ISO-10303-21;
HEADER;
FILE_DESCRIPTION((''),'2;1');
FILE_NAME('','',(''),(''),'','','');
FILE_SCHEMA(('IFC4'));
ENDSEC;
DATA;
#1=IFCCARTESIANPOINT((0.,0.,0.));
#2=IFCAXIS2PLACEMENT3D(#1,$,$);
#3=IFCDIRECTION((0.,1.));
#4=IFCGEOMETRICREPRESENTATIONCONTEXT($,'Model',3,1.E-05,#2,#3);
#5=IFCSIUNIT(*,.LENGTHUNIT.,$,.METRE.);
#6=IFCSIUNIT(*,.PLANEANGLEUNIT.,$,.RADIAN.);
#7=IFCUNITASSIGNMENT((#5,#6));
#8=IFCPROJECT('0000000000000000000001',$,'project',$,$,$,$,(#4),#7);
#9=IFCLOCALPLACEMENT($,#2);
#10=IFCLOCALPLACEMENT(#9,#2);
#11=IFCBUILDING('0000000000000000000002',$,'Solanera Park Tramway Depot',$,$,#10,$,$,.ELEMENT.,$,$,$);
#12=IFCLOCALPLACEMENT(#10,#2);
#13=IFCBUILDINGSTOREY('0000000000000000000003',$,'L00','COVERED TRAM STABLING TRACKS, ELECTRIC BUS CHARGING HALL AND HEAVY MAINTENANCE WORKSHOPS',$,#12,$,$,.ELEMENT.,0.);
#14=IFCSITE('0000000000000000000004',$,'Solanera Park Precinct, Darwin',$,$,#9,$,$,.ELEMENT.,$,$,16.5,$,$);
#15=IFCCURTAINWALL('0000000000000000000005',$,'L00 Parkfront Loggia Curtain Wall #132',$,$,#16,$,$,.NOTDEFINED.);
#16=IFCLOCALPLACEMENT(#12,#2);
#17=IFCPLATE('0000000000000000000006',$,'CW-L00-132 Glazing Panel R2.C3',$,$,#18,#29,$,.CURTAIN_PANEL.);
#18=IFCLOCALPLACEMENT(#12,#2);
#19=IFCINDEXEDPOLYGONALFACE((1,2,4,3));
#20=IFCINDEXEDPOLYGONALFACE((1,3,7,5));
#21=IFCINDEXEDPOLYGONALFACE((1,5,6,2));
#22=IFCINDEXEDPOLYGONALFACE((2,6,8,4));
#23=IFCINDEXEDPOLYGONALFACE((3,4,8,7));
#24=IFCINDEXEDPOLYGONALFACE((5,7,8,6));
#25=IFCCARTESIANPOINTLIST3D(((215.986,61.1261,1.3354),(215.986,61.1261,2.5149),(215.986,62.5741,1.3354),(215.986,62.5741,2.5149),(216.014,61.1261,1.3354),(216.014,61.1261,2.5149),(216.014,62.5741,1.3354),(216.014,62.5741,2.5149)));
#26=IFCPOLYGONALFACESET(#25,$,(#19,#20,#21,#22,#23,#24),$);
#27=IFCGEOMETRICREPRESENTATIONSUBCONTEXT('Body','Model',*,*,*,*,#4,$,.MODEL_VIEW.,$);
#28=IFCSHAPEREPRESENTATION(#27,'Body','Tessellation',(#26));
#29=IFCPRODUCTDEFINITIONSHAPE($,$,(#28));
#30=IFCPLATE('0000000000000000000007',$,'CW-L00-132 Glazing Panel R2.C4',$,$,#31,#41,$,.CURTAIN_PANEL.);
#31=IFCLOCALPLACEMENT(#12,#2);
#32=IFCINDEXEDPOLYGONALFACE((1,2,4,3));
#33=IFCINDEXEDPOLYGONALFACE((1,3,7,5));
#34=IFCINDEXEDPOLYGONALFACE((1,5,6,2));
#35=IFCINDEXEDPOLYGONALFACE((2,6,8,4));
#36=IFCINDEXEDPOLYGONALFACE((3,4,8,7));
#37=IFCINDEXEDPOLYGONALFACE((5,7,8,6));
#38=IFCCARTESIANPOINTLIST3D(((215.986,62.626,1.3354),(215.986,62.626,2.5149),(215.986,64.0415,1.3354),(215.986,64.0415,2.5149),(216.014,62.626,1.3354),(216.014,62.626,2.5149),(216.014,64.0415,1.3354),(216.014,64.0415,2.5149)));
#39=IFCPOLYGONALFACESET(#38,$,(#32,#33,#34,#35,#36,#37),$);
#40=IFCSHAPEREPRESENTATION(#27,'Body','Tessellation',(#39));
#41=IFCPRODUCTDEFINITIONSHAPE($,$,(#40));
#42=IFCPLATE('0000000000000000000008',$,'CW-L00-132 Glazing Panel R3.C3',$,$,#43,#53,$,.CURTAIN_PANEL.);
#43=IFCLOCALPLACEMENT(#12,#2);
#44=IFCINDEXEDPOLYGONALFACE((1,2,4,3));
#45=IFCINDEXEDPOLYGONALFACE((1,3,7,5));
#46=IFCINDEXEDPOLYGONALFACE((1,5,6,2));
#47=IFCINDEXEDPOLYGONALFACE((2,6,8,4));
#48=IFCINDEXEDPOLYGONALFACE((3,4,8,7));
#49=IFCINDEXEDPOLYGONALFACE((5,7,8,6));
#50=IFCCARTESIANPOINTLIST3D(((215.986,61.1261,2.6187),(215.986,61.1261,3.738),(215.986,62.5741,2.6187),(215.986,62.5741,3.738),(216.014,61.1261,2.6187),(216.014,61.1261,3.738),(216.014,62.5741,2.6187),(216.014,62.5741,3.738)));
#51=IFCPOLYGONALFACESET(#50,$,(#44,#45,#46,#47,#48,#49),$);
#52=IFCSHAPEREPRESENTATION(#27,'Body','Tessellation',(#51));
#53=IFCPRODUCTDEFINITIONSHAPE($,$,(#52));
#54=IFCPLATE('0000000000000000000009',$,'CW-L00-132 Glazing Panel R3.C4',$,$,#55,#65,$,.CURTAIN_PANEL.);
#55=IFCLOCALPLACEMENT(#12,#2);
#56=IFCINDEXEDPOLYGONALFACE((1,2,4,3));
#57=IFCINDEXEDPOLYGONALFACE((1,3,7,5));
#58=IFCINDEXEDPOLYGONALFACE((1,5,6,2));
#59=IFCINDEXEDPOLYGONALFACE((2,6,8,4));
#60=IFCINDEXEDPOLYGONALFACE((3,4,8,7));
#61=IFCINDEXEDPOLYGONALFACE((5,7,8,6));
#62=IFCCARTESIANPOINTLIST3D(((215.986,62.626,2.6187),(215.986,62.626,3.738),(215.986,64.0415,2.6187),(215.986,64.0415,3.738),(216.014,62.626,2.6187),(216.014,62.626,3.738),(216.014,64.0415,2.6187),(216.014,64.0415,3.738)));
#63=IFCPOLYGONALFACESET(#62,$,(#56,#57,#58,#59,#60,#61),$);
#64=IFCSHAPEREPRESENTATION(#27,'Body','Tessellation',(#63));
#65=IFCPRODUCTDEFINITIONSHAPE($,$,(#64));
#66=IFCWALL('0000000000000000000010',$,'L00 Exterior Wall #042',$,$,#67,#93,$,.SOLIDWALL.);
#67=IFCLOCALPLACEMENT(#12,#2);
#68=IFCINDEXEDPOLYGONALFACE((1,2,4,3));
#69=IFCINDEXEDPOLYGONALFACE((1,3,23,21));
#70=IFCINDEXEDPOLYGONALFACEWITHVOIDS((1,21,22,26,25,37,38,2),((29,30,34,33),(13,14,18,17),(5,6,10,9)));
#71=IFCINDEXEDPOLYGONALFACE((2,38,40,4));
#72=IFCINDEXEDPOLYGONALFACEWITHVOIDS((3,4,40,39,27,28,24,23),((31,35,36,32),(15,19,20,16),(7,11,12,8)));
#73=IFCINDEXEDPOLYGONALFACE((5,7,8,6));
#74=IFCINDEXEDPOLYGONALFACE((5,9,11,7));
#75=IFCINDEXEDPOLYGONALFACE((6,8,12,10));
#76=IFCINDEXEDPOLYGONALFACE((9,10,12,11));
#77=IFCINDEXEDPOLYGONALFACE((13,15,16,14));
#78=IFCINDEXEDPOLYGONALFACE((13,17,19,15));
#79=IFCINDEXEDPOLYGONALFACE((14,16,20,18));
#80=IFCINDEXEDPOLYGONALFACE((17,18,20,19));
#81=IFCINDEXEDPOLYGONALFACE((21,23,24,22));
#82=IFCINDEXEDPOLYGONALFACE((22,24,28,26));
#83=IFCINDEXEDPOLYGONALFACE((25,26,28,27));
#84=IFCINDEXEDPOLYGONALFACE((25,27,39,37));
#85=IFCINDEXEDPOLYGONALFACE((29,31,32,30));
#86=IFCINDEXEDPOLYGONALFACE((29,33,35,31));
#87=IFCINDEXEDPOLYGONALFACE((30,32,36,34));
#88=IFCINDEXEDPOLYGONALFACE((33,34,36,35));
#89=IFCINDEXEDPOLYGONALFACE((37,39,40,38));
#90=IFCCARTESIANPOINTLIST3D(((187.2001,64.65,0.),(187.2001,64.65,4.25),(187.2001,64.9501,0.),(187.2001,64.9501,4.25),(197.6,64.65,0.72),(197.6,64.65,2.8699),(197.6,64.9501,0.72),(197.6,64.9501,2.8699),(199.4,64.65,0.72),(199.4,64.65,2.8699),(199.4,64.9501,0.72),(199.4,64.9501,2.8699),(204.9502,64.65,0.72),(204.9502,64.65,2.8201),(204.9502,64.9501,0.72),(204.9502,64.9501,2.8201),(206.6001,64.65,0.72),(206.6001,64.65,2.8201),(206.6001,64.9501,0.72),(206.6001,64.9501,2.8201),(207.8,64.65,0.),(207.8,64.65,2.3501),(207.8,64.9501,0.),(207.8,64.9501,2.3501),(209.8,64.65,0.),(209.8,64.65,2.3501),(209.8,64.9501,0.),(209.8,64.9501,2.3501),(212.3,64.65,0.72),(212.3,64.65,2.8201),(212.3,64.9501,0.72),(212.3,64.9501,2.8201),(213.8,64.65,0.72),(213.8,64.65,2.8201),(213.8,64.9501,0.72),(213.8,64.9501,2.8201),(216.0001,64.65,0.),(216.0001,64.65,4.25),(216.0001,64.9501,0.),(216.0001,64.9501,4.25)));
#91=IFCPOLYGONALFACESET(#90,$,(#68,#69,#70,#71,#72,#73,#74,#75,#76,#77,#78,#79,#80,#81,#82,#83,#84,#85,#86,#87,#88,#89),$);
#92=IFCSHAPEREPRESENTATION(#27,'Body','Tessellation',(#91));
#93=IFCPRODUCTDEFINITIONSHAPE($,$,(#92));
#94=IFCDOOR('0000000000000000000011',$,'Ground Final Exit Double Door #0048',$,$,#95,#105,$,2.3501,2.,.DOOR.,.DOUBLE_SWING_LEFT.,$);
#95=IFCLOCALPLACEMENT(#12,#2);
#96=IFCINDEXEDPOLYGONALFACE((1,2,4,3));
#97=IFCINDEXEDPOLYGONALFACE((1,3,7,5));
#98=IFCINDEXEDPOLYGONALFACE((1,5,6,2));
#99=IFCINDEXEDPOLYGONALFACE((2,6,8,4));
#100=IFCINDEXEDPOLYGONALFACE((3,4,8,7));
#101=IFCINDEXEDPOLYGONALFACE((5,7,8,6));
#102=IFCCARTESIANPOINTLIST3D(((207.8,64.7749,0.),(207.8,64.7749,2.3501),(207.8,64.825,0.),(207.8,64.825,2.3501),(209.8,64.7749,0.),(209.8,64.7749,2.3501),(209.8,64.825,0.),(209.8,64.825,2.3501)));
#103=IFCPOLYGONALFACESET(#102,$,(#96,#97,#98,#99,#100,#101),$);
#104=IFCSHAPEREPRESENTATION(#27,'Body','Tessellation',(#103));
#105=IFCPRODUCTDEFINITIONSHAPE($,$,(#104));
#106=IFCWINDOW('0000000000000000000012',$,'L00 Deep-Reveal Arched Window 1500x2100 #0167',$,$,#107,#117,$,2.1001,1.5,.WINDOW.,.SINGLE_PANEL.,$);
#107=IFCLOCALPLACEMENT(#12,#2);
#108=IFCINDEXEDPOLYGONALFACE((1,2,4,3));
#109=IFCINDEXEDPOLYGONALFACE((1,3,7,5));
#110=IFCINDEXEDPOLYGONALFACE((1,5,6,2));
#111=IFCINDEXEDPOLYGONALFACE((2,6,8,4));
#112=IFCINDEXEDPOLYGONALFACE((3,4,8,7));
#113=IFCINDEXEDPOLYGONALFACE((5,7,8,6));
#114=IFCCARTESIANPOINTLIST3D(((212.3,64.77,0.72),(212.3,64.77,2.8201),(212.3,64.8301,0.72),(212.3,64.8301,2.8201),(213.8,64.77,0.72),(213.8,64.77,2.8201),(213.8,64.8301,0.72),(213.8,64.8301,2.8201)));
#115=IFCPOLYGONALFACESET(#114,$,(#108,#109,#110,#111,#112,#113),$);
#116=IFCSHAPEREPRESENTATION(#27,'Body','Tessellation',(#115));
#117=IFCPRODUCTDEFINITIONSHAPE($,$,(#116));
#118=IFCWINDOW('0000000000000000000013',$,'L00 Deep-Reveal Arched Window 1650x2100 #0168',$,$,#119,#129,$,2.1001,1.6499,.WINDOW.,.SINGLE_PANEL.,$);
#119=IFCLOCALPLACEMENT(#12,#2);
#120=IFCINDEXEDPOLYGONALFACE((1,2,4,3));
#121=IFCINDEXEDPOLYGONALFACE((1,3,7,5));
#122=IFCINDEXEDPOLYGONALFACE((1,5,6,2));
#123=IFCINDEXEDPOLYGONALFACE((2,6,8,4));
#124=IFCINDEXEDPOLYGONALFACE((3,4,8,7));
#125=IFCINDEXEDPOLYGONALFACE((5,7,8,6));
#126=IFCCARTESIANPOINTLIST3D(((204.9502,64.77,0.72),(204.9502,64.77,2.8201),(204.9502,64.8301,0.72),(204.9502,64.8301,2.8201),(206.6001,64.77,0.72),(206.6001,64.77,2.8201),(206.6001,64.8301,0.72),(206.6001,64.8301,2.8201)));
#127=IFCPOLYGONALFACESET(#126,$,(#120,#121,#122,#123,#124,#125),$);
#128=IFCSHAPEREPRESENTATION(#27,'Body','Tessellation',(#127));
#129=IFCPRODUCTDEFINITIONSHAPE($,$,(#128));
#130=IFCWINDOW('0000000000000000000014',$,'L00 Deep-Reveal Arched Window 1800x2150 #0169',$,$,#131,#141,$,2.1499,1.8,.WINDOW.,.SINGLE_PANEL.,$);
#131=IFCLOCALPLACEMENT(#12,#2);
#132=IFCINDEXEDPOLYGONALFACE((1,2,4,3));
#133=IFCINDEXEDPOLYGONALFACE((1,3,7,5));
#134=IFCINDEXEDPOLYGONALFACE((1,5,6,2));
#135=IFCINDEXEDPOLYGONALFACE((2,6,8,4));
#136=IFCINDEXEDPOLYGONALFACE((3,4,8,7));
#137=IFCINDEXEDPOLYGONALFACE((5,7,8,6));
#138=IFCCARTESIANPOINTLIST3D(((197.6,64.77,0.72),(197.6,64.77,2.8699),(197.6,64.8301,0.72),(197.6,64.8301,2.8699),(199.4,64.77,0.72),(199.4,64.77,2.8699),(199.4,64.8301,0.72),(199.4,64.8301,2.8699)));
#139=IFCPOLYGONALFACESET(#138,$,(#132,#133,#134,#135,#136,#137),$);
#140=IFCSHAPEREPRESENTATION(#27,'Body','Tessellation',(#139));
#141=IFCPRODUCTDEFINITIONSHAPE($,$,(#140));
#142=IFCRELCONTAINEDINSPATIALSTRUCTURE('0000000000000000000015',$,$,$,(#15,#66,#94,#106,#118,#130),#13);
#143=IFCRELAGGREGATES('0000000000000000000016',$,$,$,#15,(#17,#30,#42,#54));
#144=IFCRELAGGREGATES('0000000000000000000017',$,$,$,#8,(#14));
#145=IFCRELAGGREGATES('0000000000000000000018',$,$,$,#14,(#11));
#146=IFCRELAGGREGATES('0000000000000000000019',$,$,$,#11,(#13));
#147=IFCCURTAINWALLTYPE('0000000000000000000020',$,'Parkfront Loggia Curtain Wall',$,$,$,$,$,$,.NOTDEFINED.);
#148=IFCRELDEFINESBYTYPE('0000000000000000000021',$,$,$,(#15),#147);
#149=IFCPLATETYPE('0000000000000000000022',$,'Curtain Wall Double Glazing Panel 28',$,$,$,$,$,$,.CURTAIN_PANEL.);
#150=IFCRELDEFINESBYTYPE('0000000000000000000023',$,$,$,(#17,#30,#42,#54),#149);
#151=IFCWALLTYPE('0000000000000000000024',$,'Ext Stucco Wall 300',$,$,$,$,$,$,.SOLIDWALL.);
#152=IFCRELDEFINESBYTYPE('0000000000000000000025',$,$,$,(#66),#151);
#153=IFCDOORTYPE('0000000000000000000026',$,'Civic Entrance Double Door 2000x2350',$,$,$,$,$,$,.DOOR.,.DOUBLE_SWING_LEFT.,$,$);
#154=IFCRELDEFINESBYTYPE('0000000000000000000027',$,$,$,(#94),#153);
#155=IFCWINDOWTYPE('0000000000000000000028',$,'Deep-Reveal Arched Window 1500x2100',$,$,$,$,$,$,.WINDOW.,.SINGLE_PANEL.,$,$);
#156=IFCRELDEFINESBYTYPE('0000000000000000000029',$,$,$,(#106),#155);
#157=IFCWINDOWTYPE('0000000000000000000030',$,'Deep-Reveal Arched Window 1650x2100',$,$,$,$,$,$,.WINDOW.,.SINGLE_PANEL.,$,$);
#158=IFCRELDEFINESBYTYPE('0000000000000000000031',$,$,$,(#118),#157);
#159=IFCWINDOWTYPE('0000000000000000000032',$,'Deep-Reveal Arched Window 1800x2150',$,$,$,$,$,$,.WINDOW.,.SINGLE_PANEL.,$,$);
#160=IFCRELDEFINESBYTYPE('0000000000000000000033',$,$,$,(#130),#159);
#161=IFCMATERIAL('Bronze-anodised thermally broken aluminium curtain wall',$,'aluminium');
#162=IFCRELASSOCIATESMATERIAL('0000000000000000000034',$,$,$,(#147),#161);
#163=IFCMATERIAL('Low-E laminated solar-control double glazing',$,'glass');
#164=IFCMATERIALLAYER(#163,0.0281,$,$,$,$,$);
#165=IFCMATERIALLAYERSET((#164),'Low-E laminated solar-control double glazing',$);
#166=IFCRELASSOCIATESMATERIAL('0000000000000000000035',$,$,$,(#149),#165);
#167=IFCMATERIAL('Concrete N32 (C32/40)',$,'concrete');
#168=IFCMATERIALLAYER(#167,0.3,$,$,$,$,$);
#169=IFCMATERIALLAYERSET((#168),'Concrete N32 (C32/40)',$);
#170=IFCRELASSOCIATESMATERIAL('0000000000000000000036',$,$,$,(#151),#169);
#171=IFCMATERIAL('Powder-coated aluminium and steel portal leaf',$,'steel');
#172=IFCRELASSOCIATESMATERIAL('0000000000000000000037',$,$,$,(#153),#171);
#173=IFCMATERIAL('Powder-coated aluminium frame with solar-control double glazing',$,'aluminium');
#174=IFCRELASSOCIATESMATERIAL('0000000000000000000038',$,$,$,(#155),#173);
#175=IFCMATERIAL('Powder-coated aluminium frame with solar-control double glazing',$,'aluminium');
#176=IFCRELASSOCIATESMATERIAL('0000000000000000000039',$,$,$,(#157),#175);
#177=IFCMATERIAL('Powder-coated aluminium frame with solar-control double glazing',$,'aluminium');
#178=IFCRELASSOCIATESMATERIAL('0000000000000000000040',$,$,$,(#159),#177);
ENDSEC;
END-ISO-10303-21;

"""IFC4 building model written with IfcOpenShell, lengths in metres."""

from ifc_helpers import new_model, si_unit, direction, frame, frame_2d, origin, origin_2d, place, context, subcontext, project, spatial, rectangle, extrude, material, layer, layer_set, type_object, element, fill, aggregate, save


model = new_model("IFC4")

# Units and contexts
model_context = context("Model", 3, precision=1e-05, world=origin(), true_north=direction((0.0, 1.0)))
body_context = subcontext(model_context, "Body", "Model", "MODEL_VIEW")
ifc_project = project(units=[si_unit("LENGTHUNIT", "METRE"), si_unit("PLANEANGLEUNIT", "RADIAN")], contexts=[model_context])

# Site, building, storey
site_placement = place(None, origin())
site = spatial("IfcSite", under=ifc_project, at=site_placement, Name="Solanera Park Precinct, Darwin", CompositionType="ELEMENT", RefElevation=16.5)
building_placement = place(site_placement, origin())
building = spatial("IfcBuilding", under=site, at=building_placement, Name="Solanera Park Tramway Depot", CompositionType="ELEMENT")
storey_placement = place(building_placement, origin())
storey = spatial("IfcBuildingStorey", under=building, at=storey_placement, Name="L00", Description="COVERED TRAM STABLING TRACKS, ELECTRIC BUS CHARGING HALL AND HEAVY MAINTENANCE WORKSHOPS", CompositionType="ELEMENT", Elevation=0.0)

# Curtain wall, plates
ifc_material_1 = material(Name="Bronze-anodised thermally broken aluminium curtain wall", Category="aluminium")
curtain_wall_type = type_object("IfcCurtainWallType", Name="Parkfront Loggia Curtain Wall", PredefinedType="NOTDEFINED", material=ifc_material_1)
curtain_wall_placement = place(storey_placement, origin())
curtain_wall = element("IfcCurtainWall", 1, at=curtain_wall_placement, inside=storey, type_object=curtain_wall_type, Name="L00 Parkfront Loggia Curtain Wall #132", PredefinedType="NOTDEFINED")
ifc_material_2 = material(Name="Low-E laminated solar-control double glazing", Category="glass")
ifc_layer_1 = layer(ifc_material_2, 0.0281)
ifc_layer_set_1 = layer_set([ifc_layer_1], Name="Low-E laminated solar-control double glazing")
plate_type = type_object("IfcPlateType", Name="Curtain Wall Double Glazing Panel 28", PredefinedType="CURTAIN_PANEL", material=ifc_layer_set_1)
plate_1_placement = place(storey_placement, frame((216.0, 61.8501, 1.3354), z_axis=(0.0, 0.0, 1.0), x_axis=(0.0, 1.0, 0.0)))
plate_1 = element("IfcPlate", 2, at=plate_1_placement, type_object=plate_type, Name="CW-L00-132 Glazing Panel R2.C3", PredefinedType="CURTAIN_PANEL", context=body_context, shape_type="SweptSolid", body=[
    extrude(rectangle(XDim=1.448, YDim=0.0281, at=origin_2d()), origin(), (0.0, 0.0, 1.0), 1.1794),
])
plate_2_placement = place(storey_placement, frame((216.0, 63.3337, 1.3354), z_axis=(0.0, 0.0, 1.0), x_axis=(0.0, 1.0, 0.0)))
plate_2 = element("IfcPlate", 3, at=plate_2_placement, type_object=plate_type, Name="CW-L00-132 Glazing Panel R2.C4", PredefinedType="CURTAIN_PANEL", context=body_context, shape_type="SweptSolid", body=[
    extrude(rectangle(XDim=1.4155, YDim=0.0281, at=origin_2d()), origin(), (0.0, 0.0, 1.0), 1.1794),
])
plate_3_placement = place(storey_placement, frame((216.0, 61.8501, 2.6187), z_axis=(0.0, 0.0, 1.0), x_axis=(0.0, 1.0, 0.0)))
plate_3 = element("IfcPlate", 4, at=plate_3_placement, type_object=plate_type, Name="CW-L00-132 Glazing Panel R3.C3", PredefinedType="CURTAIN_PANEL", context=body_context, shape_type="SweptSolid", body=[
    extrude(rectangle(XDim=1.448, YDim=0.0281, at=origin_2d()), origin(), (0.0, 0.0, 1.0), 1.1194),
])
plate_4_placement = place(storey_placement, frame((216.0, 63.3337, 2.6187), z_axis=(0.0, 0.0, 1.0), x_axis=(0.0, 1.0, 0.0)))
plate_4 = element("IfcPlate", 5, at=plate_4_placement, type_object=plate_type, Name="CW-L00-132 Glazing Panel R3.C4", PredefinedType="CURTAIN_PANEL", context=body_context, shape_type="SweptSolid", body=[
    extrude(rectangle(XDim=1.4155, YDim=0.0281, at=origin_2d()), origin(), (0.0, 0.0, 1.0), 1.1194),
])
aggregate(curtain_wall, [plate_1, plate_2, plate_3, plate_4])

# Wall, openings, door, windows
ifc_material_3 = material(Name="Concrete N32 (C32/40)", Category="concrete")
ifc_layer_2 = layer(ifc_material_3, 0.3)
ifc_layer_set_2 = layer_set([ifc_layer_2], Name="Concrete N32 (C32/40)")
wall_type = type_object("IfcWallType", Name="Ext Stucco Wall 300", PredefinedType="SOLIDWALL", material=ifc_layer_set_2)
wall_placement = place(storey_placement, frame((216.0, 64.8, 0.0), z_axis=(0.0, 0.0, 1.0), x_axis=(-1.0, 0.0, 0.0)))
wall = element("IfcWall", 6, at=wall_placement, inside=storey, type_object=wall_type, Name="L00 Exterior Wall #042", PredefinedType="SOLIDWALL", context=body_context, shape_type="SweptSolid", body=[
    extrude(rectangle(XDim=28.8, YDim=0.3, at=frame_2d((14.3999, 0.0))), origin(), (0.0, 0.0, 1.0), 4.25),
])
opening_1_placement = place(wall_placement, frame((2.2, 0.0, 0.72)))
opening_1 = element("IfcOpeningElement", 7, at=opening_1_placement, cuts=wall, PredefinedType="OPENING", context=body_context, shape_type="SweptSolid", body=[
    extrude(rectangle(XDim=1.5, YDim=2.1001, at=frame_2d((0.75, 1.05))), frame((0.0, 0.1602, 0.0), z_axis=(0.0, -1.0, 0.0), x_axis=(1.0, 0.0, 0.0)), (0.0, 0.0, 1.0), 0.3201),
])
opening_2_placement = place(wall_placement, frame((9.3999, 0.0, 0.72)))
opening_2 = element("IfcOpeningElement", 8, at=opening_2_placement, cuts=wall, PredefinedType="OPENING", context=body_context, shape_type="SweptSolid", body=[
    extrude(rectangle(XDim=1.6499, YDim=2.1001, at=frame_2d((0.825, 1.05))), frame((0.0, 0.1602, 0.0), z_axis=(0.0, -1.0, 0.0), x_axis=(1.0, 0.0, 0.0)), (0.0, 0.0, 1.0), 0.3201),
])
opening_3_placement = place(wall_placement, frame((16.6001, 0.0, 0.72)))
opening_3 = element("IfcOpeningElement", 9, at=opening_3_placement, cuts=wall, PredefinedType="OPENING", context=body_context, shape_type="SweptSolid", body=[
    extrude(rectangle(XDim=1.8, YDim=2.1499, at=frame_2d((0.8999, 1.075))), frame((0.0, 0.1602, 0.0), z_axis=(0.0, -1.0, 0.0), x_axis=(1.0, 0.0, 0.0)), (0.0, 0.0, 1.0), 0.3201),
])
opening_4_placement = place(wall_placement, frame((6.2, 0.0, 0.0)))
opening_4 = element("IfcOpeningElement", 10, at=opening_4_placement, cuts=wall, PredefinedType="OPENING", context=body_context, shape_type="SweptSolid", body=[
    extrude(rectangle(XDim=2.0, YDim=2.3501, at=frame_2d((1.0, 1.175))), frame((0.0, 0.1602, 0.0), z_axis=(0.0, -1.0, 0.0), x_axis=(1.0, 0.0, 0.0)), (0.0, 0.0, 1.0), 0.3201),
])
ifc_material_4 = material(Name="Powder-coated aluminium and steel portal leaf", Category="steel")
door_type = type_object("IfcDoorType", Name="Civic Entrance Double Door 2000x2350", OperationType="DOUBLE_SWING_LEFT", PredefinedType="DOOR", material=ifc_material_4)
door_placement = place(opening_4_placement, frame((2.0, 0.0, 0.0), z_axis=(0.0, 0.0, 1.0), x_axis=(-1.0, 0.0, 0.0)))
door = element("IfcDoor", 11, at=door_placement, inside=storey, type_object=door_type, Name="Ground Final Exit Double Door #0048", OperationType="DOUBLE_SWING_LEFT", OverallHeight=2.3501, OverallWidth=2.0, PredefinedType="DOOR", context=body_context, shape_type="SweptSolid", body=[
    extrude(rectangle(XDim=2.0, YDim=2.3501, at=frame_2d((1.0, 1.175))), frame((0.0, 0.0249, 0.0), z_axis=(0.0, -1.0, 0.0), x_axis=(1.0, 0.0, 0.0)), (0.0, 0.0, 1.0), 0.05),
])
fill(opening_4, door)
ifc_material_5 = material(Name="Powder-coated aluminium frame with solar-control double glazing", Category="aluminium")
window_type_1 = type_object("IfcWindowType", Name="Deep-Reveal Arched Window 1500x2100", PartitioningType="SINGLE_PANEL", PredefinedType="WINDOW", material=ifc_material_5)
window_1_placement = place(opening_1_placement, origin())
window_1 = element("IfcWindow", 12, at=window_1_placement, inside=storey, type_object=window_type_1, Name="L00 Deep-Reveal Arched Window 1500x2100 #0167", OverallHeight=2.1001, OverallWidth=1.5, PartitioningType="SINGLE_PANEL", PredefinedType="WINDOW", context=body_context, shape_type="SweptSolid", body=[
    extrude(rectangle(XDim=1.5, YDim=2.1001, at=frame_2d((0.75, 1.05))), frame((0.0, 0.03, 0.0), z_axis=(0.0, -1.0, 0.0), x_axis=(1.0, 0.0, 0.0)), (0.0, 0.0, 1.0), 0.0601),
])
fill(opening_1, window_1)
ifc_material_6 = material(Name="Powder-coated aluminium frame with solar-control double glazing", Category="aluminium")
window_type_2 = type_object("IfcWindowType", Name="Deep-Reveal Arched Window 1650x2100", PartitioningType="SINGLE_PANEL", PredefinedType="WINDOW", material=ifc_material_6)
window_2_placement = place(opening_2_placement, origin())
window_2 = element("IfcWindow", 13, at=window_2_placement, inside=storey, type_object=window_type_2, Name="L00 Deep-Reveal Arched Window 1650x2100 #0168", OverallHeight=2.1001, OverallWidth=1.6499, PartitioningType="SINGLE_PANEL", PredefinedType="WINDOW", context=body_context, shape_type="SweptSolid", body=[
    extrude(rectangle(XDim=1.6499, YDim=2.1001, at=frame_2d((0.825, 1.05))), frame((0.0, 0.03, 0.0), z_axis=(0.0, -1.0, 0.0), x_axis=(1.0, 0.0, 0.0)), (0.0, 0.0, 1.0), 0.0601),
])
fill(opening_2, window_2)
ifc_material_7 = material(Name="Powder-coated aluminium frame with solar-control double glazing", Category="aluminium")
window_type_3 = type_object("IfcWindowType", Name="Deep-Reveal Arched Window 1800x2150", PartitioningType="SINGLE_PANEL", PredefinedType="WINDOW", material=ifc_material_7)
window_3_placement = place(opening_3_placement, origin())
window_3 = element("IfcWindow", 14, at=window_3_placement, inside=storey, type_object=window_type_3, Name="L00 Deep-Reveal Arched Window 1800x2150 #0169", OverallHeight=2.1499, OverallWidth=1.8, PartitioningType="SINGLE_PANEL", PredefinedType="WINDOW", context=body_context, shape_type="SweptSolid", body=[
    extrude(rectangle(XDim=1.8, YDim=2.1499, at=frame_2d((0.8999, 1.075))), frame((0.0, 0.03, 0.0), z_axis=(0.0, -1.0, 0.0), x_axis=(1.0, 0.0, 0.0)), (0.0, 0.0, 1.0), 0.0601),
])
fill(opening_3, window_3)

save(model, "model.ifc")
